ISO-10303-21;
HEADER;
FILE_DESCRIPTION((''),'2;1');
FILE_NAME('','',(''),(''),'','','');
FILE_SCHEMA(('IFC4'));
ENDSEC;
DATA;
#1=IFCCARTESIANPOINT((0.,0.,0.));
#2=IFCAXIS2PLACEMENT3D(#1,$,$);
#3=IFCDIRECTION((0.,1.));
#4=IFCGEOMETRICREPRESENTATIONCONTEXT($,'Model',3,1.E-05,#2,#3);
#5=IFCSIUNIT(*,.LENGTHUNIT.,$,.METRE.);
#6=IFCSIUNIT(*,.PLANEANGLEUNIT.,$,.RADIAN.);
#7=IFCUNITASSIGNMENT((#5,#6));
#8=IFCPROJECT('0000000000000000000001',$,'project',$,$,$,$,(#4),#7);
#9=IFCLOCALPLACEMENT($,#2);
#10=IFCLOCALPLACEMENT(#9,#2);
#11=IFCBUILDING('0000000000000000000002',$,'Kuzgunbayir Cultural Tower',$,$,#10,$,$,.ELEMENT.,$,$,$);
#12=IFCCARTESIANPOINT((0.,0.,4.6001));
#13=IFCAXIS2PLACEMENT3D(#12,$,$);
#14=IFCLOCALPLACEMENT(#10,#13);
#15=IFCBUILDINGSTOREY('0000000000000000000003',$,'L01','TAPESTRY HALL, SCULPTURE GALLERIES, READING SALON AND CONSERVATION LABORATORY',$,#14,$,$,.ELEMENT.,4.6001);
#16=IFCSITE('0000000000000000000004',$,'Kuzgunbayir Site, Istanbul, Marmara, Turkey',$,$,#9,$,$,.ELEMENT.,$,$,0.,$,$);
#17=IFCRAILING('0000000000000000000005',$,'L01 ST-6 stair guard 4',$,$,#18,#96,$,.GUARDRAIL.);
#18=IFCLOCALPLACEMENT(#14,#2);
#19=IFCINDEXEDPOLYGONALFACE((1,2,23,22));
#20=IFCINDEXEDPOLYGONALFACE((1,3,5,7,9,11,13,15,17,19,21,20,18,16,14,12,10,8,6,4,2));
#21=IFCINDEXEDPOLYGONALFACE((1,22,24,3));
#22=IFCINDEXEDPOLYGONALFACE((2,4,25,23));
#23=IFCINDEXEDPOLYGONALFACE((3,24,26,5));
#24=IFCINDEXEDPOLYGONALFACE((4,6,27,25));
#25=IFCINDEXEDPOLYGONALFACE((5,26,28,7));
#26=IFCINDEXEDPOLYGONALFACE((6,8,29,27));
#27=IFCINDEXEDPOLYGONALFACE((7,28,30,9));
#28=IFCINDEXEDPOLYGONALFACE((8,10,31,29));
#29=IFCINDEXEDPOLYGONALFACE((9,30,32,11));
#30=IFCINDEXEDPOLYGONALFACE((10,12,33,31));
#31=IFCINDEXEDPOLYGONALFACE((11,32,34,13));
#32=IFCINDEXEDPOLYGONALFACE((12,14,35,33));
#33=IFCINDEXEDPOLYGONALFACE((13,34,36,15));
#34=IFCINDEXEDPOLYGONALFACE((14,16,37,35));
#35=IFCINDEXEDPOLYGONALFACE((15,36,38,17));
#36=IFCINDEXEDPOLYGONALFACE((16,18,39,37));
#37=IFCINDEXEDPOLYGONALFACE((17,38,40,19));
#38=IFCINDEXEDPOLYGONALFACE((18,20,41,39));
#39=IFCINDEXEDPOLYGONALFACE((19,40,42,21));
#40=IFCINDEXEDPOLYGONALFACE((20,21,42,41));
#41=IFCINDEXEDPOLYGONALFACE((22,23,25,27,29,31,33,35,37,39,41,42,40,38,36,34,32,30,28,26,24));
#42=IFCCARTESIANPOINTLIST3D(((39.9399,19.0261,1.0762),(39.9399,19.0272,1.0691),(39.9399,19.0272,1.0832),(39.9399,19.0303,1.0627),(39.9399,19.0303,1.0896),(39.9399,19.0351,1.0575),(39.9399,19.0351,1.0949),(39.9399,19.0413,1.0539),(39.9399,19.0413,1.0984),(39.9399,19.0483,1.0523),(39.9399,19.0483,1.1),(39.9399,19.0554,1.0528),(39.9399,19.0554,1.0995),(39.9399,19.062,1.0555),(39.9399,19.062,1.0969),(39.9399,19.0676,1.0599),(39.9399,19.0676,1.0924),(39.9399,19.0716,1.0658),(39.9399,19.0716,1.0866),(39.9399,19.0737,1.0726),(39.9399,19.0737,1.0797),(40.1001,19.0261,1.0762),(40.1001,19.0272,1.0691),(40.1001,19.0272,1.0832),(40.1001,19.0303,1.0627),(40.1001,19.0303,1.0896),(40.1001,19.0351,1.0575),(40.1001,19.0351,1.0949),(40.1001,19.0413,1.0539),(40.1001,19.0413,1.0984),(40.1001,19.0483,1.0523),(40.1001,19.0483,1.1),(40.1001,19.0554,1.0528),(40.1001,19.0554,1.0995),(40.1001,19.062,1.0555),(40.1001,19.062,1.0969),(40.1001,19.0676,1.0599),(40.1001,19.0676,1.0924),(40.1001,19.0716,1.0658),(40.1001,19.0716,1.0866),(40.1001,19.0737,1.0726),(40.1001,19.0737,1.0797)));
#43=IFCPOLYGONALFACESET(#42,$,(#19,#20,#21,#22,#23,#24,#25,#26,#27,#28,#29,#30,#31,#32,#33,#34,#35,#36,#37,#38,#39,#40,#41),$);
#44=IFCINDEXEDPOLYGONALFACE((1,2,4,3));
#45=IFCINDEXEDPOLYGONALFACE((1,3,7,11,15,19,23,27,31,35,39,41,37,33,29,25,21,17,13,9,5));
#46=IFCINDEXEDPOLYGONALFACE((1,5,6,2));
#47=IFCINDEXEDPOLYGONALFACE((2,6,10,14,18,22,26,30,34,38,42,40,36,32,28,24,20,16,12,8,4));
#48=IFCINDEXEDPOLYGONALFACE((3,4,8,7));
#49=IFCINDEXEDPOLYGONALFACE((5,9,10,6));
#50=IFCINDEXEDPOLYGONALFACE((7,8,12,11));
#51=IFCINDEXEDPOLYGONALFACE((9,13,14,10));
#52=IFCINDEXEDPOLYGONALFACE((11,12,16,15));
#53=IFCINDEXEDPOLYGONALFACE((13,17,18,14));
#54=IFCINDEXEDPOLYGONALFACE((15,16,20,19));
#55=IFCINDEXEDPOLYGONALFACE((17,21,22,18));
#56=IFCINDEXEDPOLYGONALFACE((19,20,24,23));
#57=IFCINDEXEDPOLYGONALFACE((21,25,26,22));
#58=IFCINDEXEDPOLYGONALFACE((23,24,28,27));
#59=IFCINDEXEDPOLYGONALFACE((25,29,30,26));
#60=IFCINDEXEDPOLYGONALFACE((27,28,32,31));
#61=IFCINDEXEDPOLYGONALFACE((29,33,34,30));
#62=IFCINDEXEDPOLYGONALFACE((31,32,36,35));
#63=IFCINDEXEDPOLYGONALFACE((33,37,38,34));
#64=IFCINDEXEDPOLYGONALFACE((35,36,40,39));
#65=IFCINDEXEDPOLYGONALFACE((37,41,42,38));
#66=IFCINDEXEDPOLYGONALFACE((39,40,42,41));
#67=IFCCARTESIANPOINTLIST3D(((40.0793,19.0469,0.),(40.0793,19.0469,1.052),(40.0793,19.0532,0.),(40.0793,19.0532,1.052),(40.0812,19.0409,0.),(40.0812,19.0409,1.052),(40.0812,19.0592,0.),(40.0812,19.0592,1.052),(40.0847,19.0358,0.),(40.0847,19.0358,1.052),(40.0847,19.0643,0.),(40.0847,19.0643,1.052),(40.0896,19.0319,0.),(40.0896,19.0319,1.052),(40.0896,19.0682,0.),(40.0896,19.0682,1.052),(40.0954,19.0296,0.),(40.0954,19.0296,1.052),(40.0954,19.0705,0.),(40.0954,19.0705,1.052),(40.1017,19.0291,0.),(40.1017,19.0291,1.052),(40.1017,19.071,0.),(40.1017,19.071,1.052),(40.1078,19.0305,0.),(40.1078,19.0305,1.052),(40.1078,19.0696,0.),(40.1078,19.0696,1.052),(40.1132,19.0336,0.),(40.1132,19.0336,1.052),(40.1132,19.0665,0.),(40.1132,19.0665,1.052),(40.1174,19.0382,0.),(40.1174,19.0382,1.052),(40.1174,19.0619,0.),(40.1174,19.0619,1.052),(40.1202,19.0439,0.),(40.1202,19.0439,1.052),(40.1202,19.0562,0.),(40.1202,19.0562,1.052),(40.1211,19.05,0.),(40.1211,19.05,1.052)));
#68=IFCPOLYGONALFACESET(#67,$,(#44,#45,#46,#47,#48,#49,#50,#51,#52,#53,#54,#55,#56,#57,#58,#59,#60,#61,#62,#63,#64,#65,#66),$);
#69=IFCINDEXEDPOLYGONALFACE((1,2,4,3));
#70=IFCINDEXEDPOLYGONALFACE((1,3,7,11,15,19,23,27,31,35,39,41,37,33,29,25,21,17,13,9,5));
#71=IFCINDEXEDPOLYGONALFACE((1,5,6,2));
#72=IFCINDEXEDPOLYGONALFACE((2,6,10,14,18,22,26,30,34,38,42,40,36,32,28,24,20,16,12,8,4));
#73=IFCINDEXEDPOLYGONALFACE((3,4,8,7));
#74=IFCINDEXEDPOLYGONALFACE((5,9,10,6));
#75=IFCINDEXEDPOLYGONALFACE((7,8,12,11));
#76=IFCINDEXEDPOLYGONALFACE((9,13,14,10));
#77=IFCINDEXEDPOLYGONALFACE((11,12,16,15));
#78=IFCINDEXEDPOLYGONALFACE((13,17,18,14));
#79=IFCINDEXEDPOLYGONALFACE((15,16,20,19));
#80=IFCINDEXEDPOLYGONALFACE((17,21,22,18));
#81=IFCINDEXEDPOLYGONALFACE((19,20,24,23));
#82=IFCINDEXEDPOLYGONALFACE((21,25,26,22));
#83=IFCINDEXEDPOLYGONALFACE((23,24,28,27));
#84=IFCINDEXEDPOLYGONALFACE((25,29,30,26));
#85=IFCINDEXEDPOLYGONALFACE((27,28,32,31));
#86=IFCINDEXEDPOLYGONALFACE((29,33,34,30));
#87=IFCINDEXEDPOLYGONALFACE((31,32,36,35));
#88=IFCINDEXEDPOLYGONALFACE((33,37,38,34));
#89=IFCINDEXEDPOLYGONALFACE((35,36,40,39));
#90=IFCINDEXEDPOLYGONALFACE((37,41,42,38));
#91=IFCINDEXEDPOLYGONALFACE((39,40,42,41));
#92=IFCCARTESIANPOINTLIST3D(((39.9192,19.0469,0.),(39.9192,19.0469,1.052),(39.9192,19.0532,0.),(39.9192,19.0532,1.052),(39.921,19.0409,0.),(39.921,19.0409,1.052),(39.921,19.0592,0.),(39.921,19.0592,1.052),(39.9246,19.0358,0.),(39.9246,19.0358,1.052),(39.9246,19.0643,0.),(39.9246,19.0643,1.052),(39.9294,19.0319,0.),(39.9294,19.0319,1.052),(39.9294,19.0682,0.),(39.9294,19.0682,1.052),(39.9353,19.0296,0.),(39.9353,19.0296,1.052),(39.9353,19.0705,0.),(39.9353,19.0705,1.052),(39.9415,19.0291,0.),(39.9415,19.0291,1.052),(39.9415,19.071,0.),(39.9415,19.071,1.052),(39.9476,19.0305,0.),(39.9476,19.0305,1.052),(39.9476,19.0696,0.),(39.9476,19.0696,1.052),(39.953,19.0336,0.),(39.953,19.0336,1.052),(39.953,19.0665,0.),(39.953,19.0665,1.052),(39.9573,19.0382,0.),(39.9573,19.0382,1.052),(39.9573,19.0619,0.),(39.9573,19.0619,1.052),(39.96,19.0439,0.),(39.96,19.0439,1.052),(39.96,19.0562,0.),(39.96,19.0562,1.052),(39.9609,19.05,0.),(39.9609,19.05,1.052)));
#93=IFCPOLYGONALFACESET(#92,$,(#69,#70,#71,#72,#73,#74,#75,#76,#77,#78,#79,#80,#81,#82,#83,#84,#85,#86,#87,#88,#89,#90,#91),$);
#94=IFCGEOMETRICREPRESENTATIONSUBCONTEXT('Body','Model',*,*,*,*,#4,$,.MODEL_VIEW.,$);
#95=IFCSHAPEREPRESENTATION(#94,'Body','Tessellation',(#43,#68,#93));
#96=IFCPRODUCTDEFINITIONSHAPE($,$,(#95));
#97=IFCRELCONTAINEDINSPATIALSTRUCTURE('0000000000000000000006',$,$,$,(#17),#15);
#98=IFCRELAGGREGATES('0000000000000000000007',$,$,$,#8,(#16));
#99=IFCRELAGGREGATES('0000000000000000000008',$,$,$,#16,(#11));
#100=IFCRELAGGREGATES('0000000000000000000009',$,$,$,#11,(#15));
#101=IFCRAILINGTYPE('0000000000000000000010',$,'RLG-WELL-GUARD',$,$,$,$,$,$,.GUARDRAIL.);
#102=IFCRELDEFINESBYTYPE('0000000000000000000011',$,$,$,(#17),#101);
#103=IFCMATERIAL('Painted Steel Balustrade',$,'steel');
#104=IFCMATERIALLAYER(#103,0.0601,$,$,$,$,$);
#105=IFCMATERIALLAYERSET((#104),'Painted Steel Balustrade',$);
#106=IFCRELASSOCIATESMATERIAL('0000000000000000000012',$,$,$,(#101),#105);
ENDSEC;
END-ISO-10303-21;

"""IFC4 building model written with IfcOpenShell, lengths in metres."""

from ifc_helpers import new_model, si_unit, direction, frame, origin, origin_2d, place, context, subcontext, project, spatial, circle, extrude, material, layer, layer_set, type_object, element, save


model = new_model("IFC4")

# Units and contexts
model_context = context("Model", 3, precision=1e-05, world=origin(), true_north=direction((0.0, 1.0)))
body_context = subcontext(model_context, "Body", "Model", "MODEL_VIEW")
ifc_project = project(units=[si_unit("LENGTHUNIT", "METRE"), si_unit("PLANEANGLEUNIT", "RADIAN")], contexts=[model_context])

# Site, building, storey
site_placement = place(None, origin())
site = spatial("IfcSite", under=ifc_project, at=site_placement, Name="Kuzgunbayir Site, Istanbul, Marmara, Turkey", CompositionType="ELEMENT", RefElevation=0.0)
building_placement = place(site_placement, origin())
building = spatial("IfcBuilding", under=site, at=building_placement, Name="Kuzgunbayir Cultural Tower", CompositionType="ELEMENT")
storey_placement = place(building_placement, frame((0.0, 0.0, 4.6001)))
storey = spatial("IfcBuildingStorey", under=building, at=storey_placement, Name="L01", Description="TAPESTRY HALL, SCULPTURE GALLERIES, READING SALON AND CONSERVATION LABORATORY", CompositionType="ELEMENT", Elevation=4.6001)

# Railing
ifc_material_1 = material(Name="Painted Steel Balustrade", Category="steel")
ifc_layer_1 = layer(ifc_material_1, 0.0601)
ifc_layer_set_1 = layer_set([ifc_layer_1], Name="Painted Steel Balustrade")
railing_type_1 = type_object("IfcRailingType", Name="RLG-WELL-GUARD", PredefinedType="GUARDRAIL", material=ifc_layer_set_1)
railing_1_placement = place(storey_placement, frame((40.1001, 19.05, 0.0)))
element("IfcRailing", 1, at=railing_1_placement, inside=storey, type_object=railing_type_1, Name="L01 ST-6 stair guard 4", PredefinedType="GUARDRAIL", context=body_context, shape_type="SweptSolid", body=[
    extrude(circle(Radius=0.0239, at=origin_2d()), frame((0.0, 0.0, 1.0762), z_axis=(-1.0, 0.0, 0.0), x_axis=(0.0, -1.0, 0.0)), (0.0, 0.0, 1.0), 0.1602),
    extrude(circle(Radius=0.021, at=origin_2d()), origin(), (0.0, 0.0, 1.0), 1.052),
    extrude(circle(Radius=0.021, at=origin_2d()), frame((-0.1602, 0.0, 0.0)), (0.0, 0.0, 1.0), 1.052),
])

save(model, "model.ifc")
